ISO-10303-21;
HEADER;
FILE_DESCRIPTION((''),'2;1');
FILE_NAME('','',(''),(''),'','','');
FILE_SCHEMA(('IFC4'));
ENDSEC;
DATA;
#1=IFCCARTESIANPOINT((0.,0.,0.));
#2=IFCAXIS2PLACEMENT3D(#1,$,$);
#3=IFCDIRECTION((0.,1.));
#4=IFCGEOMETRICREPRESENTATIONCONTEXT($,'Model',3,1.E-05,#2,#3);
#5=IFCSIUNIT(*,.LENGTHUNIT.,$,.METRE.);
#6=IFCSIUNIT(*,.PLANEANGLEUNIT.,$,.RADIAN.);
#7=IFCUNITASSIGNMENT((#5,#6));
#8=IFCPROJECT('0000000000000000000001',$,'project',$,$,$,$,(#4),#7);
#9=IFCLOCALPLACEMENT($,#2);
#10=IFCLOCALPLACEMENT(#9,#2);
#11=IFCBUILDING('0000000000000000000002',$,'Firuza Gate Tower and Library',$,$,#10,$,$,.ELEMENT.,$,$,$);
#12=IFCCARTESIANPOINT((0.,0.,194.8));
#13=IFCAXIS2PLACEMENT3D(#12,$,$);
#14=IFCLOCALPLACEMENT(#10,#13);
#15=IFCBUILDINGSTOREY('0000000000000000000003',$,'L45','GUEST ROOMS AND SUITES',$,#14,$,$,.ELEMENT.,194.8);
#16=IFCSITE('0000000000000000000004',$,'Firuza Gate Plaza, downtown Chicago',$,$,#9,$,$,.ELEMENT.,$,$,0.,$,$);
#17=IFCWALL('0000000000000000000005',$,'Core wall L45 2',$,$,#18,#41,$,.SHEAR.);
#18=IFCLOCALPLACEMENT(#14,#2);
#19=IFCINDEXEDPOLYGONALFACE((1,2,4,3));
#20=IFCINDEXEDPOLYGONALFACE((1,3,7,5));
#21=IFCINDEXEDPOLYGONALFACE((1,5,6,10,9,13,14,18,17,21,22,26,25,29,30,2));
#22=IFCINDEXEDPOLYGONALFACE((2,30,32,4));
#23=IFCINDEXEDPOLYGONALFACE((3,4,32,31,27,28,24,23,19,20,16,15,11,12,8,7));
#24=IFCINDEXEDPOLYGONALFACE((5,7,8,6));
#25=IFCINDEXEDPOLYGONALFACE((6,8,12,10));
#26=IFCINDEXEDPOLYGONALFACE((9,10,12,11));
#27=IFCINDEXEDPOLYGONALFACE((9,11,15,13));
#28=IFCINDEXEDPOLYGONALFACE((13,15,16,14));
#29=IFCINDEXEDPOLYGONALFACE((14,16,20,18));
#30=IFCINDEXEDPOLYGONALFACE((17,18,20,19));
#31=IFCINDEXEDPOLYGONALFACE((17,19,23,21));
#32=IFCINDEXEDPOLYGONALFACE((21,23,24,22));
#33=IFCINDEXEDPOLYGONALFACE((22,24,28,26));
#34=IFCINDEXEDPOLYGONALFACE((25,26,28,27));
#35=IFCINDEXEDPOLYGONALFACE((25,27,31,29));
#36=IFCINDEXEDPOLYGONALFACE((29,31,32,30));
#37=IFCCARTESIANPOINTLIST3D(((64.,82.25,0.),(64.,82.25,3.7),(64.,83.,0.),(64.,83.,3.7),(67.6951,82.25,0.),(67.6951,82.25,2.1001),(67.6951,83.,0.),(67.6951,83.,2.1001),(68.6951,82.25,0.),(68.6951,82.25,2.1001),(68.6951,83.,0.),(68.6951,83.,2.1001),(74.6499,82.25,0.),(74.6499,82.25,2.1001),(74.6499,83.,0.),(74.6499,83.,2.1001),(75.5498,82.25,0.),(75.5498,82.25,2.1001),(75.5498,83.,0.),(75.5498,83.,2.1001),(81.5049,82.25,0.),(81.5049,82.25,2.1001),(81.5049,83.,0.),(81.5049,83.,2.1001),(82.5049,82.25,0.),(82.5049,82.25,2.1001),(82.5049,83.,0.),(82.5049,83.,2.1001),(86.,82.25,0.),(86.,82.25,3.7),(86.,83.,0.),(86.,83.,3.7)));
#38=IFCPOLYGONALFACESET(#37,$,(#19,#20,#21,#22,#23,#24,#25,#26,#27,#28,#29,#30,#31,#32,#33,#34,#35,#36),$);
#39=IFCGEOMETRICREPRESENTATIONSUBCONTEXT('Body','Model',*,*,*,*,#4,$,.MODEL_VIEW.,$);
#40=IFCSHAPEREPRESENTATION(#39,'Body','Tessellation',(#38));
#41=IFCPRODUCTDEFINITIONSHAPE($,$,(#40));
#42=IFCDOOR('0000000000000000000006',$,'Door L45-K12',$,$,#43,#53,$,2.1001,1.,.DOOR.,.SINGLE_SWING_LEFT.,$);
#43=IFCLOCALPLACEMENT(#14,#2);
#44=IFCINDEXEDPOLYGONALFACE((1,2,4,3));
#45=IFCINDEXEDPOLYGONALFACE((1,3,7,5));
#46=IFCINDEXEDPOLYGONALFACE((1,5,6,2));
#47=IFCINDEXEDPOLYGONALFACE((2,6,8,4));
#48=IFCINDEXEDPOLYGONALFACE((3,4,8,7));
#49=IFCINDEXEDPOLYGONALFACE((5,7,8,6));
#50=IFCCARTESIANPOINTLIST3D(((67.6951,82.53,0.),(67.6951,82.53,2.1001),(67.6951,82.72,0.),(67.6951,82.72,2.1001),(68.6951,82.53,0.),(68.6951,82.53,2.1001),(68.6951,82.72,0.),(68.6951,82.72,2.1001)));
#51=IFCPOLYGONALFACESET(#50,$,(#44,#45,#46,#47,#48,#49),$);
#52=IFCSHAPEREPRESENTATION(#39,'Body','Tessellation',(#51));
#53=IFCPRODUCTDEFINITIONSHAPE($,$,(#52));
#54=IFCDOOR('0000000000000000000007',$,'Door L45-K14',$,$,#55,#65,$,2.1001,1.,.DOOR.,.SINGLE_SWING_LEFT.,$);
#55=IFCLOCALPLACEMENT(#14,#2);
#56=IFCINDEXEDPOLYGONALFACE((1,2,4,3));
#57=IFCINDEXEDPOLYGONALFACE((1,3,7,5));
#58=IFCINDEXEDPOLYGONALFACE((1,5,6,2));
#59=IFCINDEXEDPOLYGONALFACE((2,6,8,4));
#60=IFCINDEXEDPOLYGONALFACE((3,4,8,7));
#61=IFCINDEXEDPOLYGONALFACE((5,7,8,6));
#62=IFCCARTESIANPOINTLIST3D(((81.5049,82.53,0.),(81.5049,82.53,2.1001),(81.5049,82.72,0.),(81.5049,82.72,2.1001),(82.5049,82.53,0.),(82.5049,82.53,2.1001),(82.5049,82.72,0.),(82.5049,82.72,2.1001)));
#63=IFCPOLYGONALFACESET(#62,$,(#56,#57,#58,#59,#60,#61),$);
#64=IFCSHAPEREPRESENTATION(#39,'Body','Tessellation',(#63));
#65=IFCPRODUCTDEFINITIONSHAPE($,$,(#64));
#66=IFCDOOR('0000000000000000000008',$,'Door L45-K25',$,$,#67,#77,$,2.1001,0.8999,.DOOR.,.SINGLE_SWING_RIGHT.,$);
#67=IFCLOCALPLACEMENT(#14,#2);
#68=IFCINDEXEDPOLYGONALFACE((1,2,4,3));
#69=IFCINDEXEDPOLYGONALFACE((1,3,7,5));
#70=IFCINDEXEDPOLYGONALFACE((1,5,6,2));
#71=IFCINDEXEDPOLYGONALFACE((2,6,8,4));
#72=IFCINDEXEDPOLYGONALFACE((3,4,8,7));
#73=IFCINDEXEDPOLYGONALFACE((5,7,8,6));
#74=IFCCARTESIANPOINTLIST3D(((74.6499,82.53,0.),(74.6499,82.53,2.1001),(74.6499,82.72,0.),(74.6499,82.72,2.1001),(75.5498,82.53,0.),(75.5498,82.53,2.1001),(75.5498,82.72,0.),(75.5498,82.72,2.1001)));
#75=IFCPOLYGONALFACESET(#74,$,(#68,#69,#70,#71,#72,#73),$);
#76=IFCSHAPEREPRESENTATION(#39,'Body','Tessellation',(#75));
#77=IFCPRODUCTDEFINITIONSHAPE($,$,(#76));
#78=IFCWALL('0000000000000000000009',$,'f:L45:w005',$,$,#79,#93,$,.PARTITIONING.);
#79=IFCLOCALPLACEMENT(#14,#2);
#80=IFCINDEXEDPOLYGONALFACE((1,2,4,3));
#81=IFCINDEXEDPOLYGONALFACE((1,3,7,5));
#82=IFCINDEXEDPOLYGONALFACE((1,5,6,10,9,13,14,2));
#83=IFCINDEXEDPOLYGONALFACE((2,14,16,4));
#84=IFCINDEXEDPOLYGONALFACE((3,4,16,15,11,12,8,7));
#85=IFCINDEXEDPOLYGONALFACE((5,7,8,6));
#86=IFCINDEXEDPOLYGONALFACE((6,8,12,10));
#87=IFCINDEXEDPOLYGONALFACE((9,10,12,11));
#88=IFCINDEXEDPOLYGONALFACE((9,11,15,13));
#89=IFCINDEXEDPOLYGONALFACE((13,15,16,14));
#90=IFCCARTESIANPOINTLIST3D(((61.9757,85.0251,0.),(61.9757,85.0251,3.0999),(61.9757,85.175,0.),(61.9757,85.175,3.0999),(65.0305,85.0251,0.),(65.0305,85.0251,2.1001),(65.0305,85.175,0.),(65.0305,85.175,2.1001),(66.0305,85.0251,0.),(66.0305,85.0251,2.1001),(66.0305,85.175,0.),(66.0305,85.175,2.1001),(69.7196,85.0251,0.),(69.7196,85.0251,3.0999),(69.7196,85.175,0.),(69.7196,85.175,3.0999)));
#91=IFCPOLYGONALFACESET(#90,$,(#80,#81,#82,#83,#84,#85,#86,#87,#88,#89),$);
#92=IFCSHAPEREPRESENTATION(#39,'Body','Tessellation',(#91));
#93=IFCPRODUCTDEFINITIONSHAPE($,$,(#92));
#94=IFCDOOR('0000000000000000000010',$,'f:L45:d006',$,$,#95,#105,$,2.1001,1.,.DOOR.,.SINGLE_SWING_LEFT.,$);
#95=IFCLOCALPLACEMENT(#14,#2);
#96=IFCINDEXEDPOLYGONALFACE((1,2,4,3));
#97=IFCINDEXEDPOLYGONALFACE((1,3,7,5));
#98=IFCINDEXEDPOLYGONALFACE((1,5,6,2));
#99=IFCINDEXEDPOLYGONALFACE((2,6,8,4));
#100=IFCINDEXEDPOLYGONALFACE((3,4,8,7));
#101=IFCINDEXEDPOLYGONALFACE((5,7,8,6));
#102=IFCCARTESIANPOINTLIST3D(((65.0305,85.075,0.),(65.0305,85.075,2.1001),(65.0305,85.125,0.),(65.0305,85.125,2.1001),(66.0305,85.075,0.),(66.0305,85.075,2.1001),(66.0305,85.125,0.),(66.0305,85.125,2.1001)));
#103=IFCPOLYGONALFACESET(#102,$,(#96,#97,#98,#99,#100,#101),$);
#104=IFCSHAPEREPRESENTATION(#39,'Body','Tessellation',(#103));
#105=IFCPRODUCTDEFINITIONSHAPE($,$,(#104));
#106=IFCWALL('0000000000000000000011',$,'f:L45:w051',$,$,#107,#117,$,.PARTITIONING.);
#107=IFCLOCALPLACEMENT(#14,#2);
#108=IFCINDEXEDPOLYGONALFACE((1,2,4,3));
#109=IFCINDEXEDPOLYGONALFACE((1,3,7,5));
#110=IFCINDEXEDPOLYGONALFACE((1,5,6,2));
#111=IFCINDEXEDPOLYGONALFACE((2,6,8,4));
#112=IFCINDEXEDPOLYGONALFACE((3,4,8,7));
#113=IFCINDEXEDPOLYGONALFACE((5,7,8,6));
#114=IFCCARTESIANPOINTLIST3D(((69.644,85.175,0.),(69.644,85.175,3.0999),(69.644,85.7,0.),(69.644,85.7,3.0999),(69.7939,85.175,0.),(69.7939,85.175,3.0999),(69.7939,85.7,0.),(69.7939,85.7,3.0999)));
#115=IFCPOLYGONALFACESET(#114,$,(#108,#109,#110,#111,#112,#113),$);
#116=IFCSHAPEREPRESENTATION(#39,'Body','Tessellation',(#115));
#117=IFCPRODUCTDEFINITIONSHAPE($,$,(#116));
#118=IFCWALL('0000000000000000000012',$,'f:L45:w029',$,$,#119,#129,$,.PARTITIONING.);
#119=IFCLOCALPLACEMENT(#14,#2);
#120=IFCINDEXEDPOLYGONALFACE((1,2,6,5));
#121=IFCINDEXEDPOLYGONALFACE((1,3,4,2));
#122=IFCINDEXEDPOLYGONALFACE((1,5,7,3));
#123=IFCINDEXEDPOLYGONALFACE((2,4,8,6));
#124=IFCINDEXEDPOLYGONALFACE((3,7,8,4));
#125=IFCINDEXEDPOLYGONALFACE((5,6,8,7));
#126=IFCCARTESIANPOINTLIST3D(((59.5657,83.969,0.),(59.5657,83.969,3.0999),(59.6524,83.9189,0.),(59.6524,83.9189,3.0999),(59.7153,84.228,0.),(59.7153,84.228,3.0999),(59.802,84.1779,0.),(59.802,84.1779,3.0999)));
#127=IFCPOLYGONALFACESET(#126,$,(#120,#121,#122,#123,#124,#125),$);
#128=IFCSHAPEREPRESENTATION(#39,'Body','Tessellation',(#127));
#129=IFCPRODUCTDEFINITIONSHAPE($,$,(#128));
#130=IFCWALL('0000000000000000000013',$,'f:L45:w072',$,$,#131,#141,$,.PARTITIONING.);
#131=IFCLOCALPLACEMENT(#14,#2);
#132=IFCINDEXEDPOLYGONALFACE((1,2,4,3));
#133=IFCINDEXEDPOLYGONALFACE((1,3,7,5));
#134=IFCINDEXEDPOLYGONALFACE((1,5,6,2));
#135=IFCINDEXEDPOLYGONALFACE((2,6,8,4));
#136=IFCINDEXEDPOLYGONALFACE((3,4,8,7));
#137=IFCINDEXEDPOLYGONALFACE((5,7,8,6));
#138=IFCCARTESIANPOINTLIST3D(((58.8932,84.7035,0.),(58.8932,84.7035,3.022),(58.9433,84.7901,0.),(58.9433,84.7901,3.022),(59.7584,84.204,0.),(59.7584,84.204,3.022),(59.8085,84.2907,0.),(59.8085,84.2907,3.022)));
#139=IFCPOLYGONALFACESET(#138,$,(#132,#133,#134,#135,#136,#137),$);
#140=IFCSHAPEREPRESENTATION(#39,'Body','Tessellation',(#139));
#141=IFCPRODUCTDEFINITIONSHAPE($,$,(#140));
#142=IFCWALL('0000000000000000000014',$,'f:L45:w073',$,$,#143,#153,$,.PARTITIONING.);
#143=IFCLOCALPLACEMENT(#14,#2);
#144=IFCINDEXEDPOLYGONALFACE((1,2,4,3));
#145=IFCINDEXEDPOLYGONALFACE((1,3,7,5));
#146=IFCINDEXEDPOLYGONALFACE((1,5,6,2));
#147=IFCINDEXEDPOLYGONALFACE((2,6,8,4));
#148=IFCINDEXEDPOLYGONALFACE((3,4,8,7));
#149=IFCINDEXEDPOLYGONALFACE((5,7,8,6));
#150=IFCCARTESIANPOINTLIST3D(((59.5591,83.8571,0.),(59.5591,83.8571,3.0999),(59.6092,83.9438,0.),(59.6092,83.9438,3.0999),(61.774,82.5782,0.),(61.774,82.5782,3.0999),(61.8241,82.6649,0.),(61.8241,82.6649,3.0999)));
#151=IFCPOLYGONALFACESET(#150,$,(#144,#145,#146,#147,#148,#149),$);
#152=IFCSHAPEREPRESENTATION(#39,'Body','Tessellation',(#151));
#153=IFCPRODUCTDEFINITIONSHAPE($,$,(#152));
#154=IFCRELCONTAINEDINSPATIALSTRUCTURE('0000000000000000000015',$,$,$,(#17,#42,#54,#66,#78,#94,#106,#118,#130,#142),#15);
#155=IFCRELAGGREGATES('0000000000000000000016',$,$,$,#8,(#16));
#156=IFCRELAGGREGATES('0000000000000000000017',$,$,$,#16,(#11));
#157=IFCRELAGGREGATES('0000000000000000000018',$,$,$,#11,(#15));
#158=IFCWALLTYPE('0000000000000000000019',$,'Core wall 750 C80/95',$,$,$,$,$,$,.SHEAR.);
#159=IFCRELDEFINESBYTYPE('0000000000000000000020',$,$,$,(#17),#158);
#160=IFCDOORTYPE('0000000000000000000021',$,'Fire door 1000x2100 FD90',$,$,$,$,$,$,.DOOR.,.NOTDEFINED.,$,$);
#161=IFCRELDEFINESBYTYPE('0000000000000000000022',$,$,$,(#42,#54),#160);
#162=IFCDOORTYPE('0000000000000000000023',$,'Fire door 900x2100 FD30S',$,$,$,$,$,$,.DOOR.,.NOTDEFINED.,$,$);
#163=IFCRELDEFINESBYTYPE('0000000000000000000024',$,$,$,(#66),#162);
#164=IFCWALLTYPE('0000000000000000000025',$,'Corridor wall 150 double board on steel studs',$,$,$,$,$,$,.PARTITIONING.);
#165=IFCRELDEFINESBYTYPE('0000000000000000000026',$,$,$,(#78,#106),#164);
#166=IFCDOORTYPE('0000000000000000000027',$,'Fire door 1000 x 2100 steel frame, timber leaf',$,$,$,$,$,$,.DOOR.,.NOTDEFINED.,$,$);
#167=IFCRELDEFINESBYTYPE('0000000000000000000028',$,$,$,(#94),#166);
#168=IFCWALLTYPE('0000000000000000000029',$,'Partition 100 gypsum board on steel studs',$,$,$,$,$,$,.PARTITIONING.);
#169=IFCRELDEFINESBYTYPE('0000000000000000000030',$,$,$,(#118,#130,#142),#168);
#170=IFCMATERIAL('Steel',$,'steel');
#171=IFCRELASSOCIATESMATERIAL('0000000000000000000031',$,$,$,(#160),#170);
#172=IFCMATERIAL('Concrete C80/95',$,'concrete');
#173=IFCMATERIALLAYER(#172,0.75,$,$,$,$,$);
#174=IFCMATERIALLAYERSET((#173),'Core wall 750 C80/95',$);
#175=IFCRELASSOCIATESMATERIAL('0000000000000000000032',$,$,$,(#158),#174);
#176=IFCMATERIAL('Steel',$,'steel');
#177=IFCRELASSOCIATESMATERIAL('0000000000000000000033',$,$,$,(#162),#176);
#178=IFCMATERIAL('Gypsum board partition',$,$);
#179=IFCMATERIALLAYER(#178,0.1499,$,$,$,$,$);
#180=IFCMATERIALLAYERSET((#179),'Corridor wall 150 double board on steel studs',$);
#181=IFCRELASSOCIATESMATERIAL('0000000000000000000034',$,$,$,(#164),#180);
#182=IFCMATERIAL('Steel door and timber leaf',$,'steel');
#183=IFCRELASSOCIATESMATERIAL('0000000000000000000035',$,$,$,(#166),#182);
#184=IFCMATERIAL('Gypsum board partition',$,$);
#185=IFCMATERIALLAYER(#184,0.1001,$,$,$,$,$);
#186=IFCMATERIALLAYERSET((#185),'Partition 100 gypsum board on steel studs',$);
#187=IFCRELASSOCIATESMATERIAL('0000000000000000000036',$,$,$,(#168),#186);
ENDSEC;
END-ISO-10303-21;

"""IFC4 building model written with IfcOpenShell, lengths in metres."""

from ifc_helpers import new_model, si_unit, direction, frame, frame_2d, origin, place, context, subcontext, project, spatial, rectangle, extrude, material, layer, layer_set, type_object, element, fill, save


model = new_model("IFC4")

# Units and contexts
model_context = context("Model", 3, precision=1e-05, world=origin(), true_north=direction((0.0, 1.0)))
body_context = subcontext(model_context, "Body", "Model", "MODEL_VIEW")
ifc_project = project(units=[si_unit("LENGTHUNIT", "METRE"), si_unit("PLANEANGLEUNIT", "RADIAN")], contexts=[model_context])

# Site, building, storey
site_placement = place(None, origin())
site = spatial("IfcSite", under=ifc_project, at=site_placement, Name="Firuza Gate Plaza, downtown Chicago", CompositionType="ELEMENT", RefElevation=0.0)
building_placement = place(site_placement, origin())
building = spatial("IfcBuilding", under=site, at=building_placement, Name="Firuza Gate Tower and Library", CompositionType="ELEMENT")
storey_placement = place(building_placement, frame((0.0, 0.0, 194.8)))
storey = spatial("IfcBuildingStorey", under=building, at=storey_placement, Name="L45", Description="GUEST ROOMS AND SUITES", CompositionType="ELEMENT", Elevation=194.8)

# Shared definitions
ifc_material_1 = material(Name="Steel", Category="steel")
door_type_1 = type_object("IfcDoorType", Name="Fire door 1000x2100 FD90", OperationType="NOTDEFINED", PredefinedType="DOOR", material=ifc_material_1)

# Wall, openings, doors
ifc_material_2 = material(Name="Concrete C80/95", Category="concrete")
ifc_layer_1 = layer(ifc_material_2, 0.75)
ifc_layer_set_1 = layer_set([ifc_layer_1], Name="Core wall 750 C80/95")
wall_type_1 = type_object("IfcWallType", Name="Core wall 750 C80/95", PredefinedType="SHEAR", material=ifc_layer_set_1)
wall_1_placement = place(storey_placement, frame((64.0, 82.625, 0.0), z_axis=(0.0, 0.0, 1.0), x_axis=(1.0, 0.0, 0.0)))
wall_1 = element("IfcWall", 1, at=wall_1_placement, inside=storey, type_object=wall_type_1, Name="Core wall L45 2", PredefinedType="SHEAR", context=body_context, shape_type="SweptSolid", body=[
    extrude(rectangle(XDim=22.0, YDim=0.75, at=frame_2d((11.0, 0.0))), origin(), (0.0, 0.0, 1.0), 3.7),
])
opening_1_placement = place(wall_1_placement, frame((3.6951, 0.0, 0.0)))
opening_1 = element("IfcOpeningElement", 2, at=opening_1_placement, cuts=wall_1, PredefinedType="OPENING", context=body_context, shape_type="SweptSolid", body=[
    extrude(rectangle(XDim=1.0, YDim=2.1001, at=frame_2d((0.5, 1.05))), frame((0.0, 0.385, 0.0), z_axis=(0.0, -1.0, 0.0), x_axis=(1.0, 0.0, 0.0)), (0.0, 0.0, 1.0), 0.77),
])
opening_2_placement = place(wall_1_placement, frame((17.5049, 0.0, 0.0)))
opening_2 = element("IfcOpeningElement", 3, at=opening_2_placement, cuts=wall_1, PredefinedType="OPENING", context=body_context, shape_type="SweptSolid", body=[
    extrude(rectangle(XDim=1.0, YDim=2.1001, at=frame_2d((0.5, 1.05))), frame((0.0, 0.385, 0.0), z_axis=(0.0, -1.0, 0.0), x_axis=(1.0, 0.0, 0.0)), (0.0, 0.0, 1.0), 0.77),
])
opening_3_placement = place(wall_1_placement, frame((10.6499, 0.0, 0.0)))
opening_3 = element("IfcOpeningElement", 4, at=opening_3_placement, cuts=wall_1, PredefinedType="OPENING", context=body_context, shape_type="SweptSolid", body=[
    extrude(rectangle(XDim=0.8999, YDim=2.1001, at=frame_2d((0.45, 1.05))), frame((0.0, 0.385, 0.0), z_axis=(0.0, -1.0, 0.0), x_axis=(1.0, 0.0, 0.0)), (0.0, 0.0, 1.0), 0.77),
])
door_1_placement = place(opening_1_placement, origin())
door_1 = element("IfcDoor", 5, at=door_1_placement, inside=storey, type_object=door_type_1, Name="Door L45-K12", OperationType="SINGLE_SWING_LEFT", OverallHeight=2.1001, OverallWidth=1.0, PredefinedType="DOOR", context=body_context, shape_type="SweptSolid", body=[
    extrude(rectangle(XDim=1.0, YDim=2.1001, at=frame_2d((0.5, 1.05))), frame((0.0, 0.095, 0.0), z_axis=(0.0, -1.0, 0.0), x_axis=(1.0, 0.0, 0.0)), (0.0, 0.0, 1.0), 0.1899),
])
fill(opening_1, door_1)
door_2_placement = place(opening_2_placement, origin())
door_2 = element("IfcDoor", 6, at=door_2_placement, inside=storey, type_object=door_type_1, Name="Door L45-K14", OperationType="SINGLE_SWING_LEFT", OverallHeight=2.1001, OverallWidth=1.0, PredefinedType="DOOR", context=body_context, shape_type="SweptSolid", body=[
    extrude(rectangle(XDim=1.0, YDim=2.1001, at=frame_2d((0.5, 1.05))), frame((0.0, 0.095, 0.0), z_axis=(0.0, -1.0, 0.0), x_axis=(1.0, 0.0, 0.0)), (0.0, 0.0, 1.0), 0.1899),
])
fill(opening_2, door_2)
ifc_material_3 = material(Name="Steel", Category="steel")
door_type_2 = type_object("IfcDoorType", Name="Fire door 900x2100 FD30S", OperationType="NOTDEFINED", PredefinedType="DOOR", material=ifc_material_3)
door_3_placement = place(opening_3_placement, origin())
door_3 = element("IfcDoor", 7, at=door_3_placement, inside=storey, type_object=door_type_2, Name="Door L45-K25", OperationType="SINGLE_SWING_RIGHT", OverallHeight=2.1001, OverallWidth=0.8999, PredefinedType="DOOR", context=body_context, shape_type="SweptSolid", body=[
    extrude(rectangle(XDim=0.8999, YDim=2.1001, at=frame_2d((0.45, 1.05))), frame((0.0, 0.095, 0.0), z_axis=(0.0, -1.0, 0.0), x_axis=(1.0, 0.0, 0.0)), (0.0, 0.0, 1.0), 0.1899),
])
fill(opening_3, door_3)

# Wall, opening, door
ifc_material_4 = material(Name="Gypsum board partition")
ifc_layer_2 = layer(ifc_material_4, 0.1499)
ifc_layer_set_2 = layer_set([ifc_layer_2], Name="Corridor wall 150 double board on steel studs")
wall_type_2 = type_object("IfcWallType", Name="Corridor wall 150 double board on steel studs", PredefinedType="PARTITIONING", material=ifc_layer_set_2)
wall_2_placement = place(storey_placement, frame((61.9756, 85.1001, 0.0), z_axis=(0.0, 0.0, 1.0), x_axis=(1.0, 0.0, 0.0)))
wall_2 = element("IfcWall", 8, at=wall_2_placement, inside=storey, type_object=wall_type_2, Name="f:L45:w005", PredefinedType="PARTITIONING", context=body_context, shape_type="SweptSolid", body=[
    extrude(rectangle(XDim=7.7439, YDim=0.1499, at=frame_2d((3.8721, 0.0))), origin(), (0.0, 0.0, 1.0), 3.0999),
])
opening_4_placement = place(wall_2_placement, frame((3.0549, 0.0, 0.0)))
opening_4 = element("IfcOpeningElement", 9, at=opening_4_placement, cuts=wall_2, PredefinedType="OPENING", context=body_context, shape_type="SweptSolid", body=[
    extrude(rectangle(XDim=1.0, YDim=2.1001, at=frame_2d((0.5, 1.05))), frame((0.0, 0.085, 0.0), z_axis=(0.0, -1.0, 0.0), x_axis=(1.0, 0.0, 0.0)), (0.0, 0.0, 1.0), 0.1699),
])
ifc_material_5 = material(Name="Steel door and timber leaf", Category="steel")
door_type_3 = type_object("IfcDoorType", Name="Fire door 1000 x 2100 steel frame, timber leaf", OperationType="NOTDEFINED", PredefinedType="DOOR", material=ifc_material_5)
door_4_placement = place(opening_4_placement, origin())
door_4 = element("IfcDoor", 10, at=door_4_placement, inside=storey, type_object=door_type_3, Name="f:L45:d006", OperationType="SINGLE_SWING_LEFT", OverallHeight=2.1001, OverallWidth=1.0, PredefinedType="DOOR", context=body_context, shape_type="SweptSolid", body=[
    extrude(rectangle(XDim=1.0, YDim=2.1001, at=frame_2d((0.5, 1.05))), frame((0.0, 0.0249, 0.0), z_axis=(0.0, -1.0, 0.0), x_axis=(1.0, 0.0, 0.0)), (0.0, 0.0, 1.0), 0.05),
])
fill(opening_4, door_4)

# Walls
wall_3_placement = place(storey_placement, frame((69.719, 85.175, 0.0), z_axis=(0.0, 0.0, 1.0), x_axis=(0.0, 1.0, 0.0)))
element("IfcWall", 11, at=wall_3_placement, inside=storey, type_object=wall_type_2, Name="f:L45:w051", PredefinedType="PARTITIONING", context=body_context, shape_type="SweptSolid", body=[
    extrude(rectangle(XDim=0.5249, YDim=0.1499, at=frame_2d((0.2625, 0.0))), origin(), (0.0, 0.0, 1.0), 3.0999),
])
ifc_material_6 = material(Name="Gypsum board partition")
ifc_layer_3 = layer(ifc_material_6, 0.1001)
ifc_layer_set_3 = layer_set([ifc_layer_3], Name="Partition 100 gypsum board on steel studs")
wall_type_3 = type_object("IfcWallType", Name="Partition 100 gypsum board on steel studs", PredefinedType="PARTITIONING", material=ifc_layer_set_3)
wall_4_placement = place(storey_placement, frame((59.6091, 83.9441, 0.0), z_axis=(0.0, 0.0, 1.0), x_axis=(0.500264, 0.865873, 0.0)))
element("IfcWall", 12, at=wall_4_placement, inside=storey, type_object=wall_type_3, Name="f:L45:w029", PredefinedType="PARTITIONING", context=body_context, shape_type="SweptSolid", body=[
    extrude(rectangle(XDim=0.2991, YDim=0.1001, at=frame_2d((0.1494, 0.0))), origin(), (0.0, 0.0, 1.0), 3.0999),
])
wall_5_placement = place(storey_placement, frame((59.7834, 84.2473, 0.0), z_axis=(0.0, 0.0, 1.0), x_axis=(-0.866039, 0.499976, 0.0)))
element("IfcWall", 13, at=wall_5_placement, inside=storey, type_object=wall_type_3, Name="f:L45:w072", PredefinedType="PARTITIONING", context=body_context, shape_type="SweptSolid", body=[
    extrude(rectangle(XDim=0.999, YDim=0.1001, at=frame_2d((0.4995, 0.0))), origin(), (0.0, 0.0, 1.0), 3.022),
])
wall_6_placement = place(storey_placement, frame((61.7991, 82.6216, 0.0), z_axis=(0.0, 0.0, 1.0), x_axis=(-0.866014, 0.50002, 0.0)))
element("IfcWall", 14, at=wall_6_placement, inside=storey, type_object=wall_type_3, Name="f:L45:w073", PredefinedType="PARTITIONING", context=body_context, shape_type="SweptSolid", body=[
    extrude(rectangle(XDim=2.5576, YDim=0.1001, at=frame_2d((1.2788, 0.0))), origin(), (0.0, 0.0, 1.0), 3.0999),
])

save(model, "model.ifc")
